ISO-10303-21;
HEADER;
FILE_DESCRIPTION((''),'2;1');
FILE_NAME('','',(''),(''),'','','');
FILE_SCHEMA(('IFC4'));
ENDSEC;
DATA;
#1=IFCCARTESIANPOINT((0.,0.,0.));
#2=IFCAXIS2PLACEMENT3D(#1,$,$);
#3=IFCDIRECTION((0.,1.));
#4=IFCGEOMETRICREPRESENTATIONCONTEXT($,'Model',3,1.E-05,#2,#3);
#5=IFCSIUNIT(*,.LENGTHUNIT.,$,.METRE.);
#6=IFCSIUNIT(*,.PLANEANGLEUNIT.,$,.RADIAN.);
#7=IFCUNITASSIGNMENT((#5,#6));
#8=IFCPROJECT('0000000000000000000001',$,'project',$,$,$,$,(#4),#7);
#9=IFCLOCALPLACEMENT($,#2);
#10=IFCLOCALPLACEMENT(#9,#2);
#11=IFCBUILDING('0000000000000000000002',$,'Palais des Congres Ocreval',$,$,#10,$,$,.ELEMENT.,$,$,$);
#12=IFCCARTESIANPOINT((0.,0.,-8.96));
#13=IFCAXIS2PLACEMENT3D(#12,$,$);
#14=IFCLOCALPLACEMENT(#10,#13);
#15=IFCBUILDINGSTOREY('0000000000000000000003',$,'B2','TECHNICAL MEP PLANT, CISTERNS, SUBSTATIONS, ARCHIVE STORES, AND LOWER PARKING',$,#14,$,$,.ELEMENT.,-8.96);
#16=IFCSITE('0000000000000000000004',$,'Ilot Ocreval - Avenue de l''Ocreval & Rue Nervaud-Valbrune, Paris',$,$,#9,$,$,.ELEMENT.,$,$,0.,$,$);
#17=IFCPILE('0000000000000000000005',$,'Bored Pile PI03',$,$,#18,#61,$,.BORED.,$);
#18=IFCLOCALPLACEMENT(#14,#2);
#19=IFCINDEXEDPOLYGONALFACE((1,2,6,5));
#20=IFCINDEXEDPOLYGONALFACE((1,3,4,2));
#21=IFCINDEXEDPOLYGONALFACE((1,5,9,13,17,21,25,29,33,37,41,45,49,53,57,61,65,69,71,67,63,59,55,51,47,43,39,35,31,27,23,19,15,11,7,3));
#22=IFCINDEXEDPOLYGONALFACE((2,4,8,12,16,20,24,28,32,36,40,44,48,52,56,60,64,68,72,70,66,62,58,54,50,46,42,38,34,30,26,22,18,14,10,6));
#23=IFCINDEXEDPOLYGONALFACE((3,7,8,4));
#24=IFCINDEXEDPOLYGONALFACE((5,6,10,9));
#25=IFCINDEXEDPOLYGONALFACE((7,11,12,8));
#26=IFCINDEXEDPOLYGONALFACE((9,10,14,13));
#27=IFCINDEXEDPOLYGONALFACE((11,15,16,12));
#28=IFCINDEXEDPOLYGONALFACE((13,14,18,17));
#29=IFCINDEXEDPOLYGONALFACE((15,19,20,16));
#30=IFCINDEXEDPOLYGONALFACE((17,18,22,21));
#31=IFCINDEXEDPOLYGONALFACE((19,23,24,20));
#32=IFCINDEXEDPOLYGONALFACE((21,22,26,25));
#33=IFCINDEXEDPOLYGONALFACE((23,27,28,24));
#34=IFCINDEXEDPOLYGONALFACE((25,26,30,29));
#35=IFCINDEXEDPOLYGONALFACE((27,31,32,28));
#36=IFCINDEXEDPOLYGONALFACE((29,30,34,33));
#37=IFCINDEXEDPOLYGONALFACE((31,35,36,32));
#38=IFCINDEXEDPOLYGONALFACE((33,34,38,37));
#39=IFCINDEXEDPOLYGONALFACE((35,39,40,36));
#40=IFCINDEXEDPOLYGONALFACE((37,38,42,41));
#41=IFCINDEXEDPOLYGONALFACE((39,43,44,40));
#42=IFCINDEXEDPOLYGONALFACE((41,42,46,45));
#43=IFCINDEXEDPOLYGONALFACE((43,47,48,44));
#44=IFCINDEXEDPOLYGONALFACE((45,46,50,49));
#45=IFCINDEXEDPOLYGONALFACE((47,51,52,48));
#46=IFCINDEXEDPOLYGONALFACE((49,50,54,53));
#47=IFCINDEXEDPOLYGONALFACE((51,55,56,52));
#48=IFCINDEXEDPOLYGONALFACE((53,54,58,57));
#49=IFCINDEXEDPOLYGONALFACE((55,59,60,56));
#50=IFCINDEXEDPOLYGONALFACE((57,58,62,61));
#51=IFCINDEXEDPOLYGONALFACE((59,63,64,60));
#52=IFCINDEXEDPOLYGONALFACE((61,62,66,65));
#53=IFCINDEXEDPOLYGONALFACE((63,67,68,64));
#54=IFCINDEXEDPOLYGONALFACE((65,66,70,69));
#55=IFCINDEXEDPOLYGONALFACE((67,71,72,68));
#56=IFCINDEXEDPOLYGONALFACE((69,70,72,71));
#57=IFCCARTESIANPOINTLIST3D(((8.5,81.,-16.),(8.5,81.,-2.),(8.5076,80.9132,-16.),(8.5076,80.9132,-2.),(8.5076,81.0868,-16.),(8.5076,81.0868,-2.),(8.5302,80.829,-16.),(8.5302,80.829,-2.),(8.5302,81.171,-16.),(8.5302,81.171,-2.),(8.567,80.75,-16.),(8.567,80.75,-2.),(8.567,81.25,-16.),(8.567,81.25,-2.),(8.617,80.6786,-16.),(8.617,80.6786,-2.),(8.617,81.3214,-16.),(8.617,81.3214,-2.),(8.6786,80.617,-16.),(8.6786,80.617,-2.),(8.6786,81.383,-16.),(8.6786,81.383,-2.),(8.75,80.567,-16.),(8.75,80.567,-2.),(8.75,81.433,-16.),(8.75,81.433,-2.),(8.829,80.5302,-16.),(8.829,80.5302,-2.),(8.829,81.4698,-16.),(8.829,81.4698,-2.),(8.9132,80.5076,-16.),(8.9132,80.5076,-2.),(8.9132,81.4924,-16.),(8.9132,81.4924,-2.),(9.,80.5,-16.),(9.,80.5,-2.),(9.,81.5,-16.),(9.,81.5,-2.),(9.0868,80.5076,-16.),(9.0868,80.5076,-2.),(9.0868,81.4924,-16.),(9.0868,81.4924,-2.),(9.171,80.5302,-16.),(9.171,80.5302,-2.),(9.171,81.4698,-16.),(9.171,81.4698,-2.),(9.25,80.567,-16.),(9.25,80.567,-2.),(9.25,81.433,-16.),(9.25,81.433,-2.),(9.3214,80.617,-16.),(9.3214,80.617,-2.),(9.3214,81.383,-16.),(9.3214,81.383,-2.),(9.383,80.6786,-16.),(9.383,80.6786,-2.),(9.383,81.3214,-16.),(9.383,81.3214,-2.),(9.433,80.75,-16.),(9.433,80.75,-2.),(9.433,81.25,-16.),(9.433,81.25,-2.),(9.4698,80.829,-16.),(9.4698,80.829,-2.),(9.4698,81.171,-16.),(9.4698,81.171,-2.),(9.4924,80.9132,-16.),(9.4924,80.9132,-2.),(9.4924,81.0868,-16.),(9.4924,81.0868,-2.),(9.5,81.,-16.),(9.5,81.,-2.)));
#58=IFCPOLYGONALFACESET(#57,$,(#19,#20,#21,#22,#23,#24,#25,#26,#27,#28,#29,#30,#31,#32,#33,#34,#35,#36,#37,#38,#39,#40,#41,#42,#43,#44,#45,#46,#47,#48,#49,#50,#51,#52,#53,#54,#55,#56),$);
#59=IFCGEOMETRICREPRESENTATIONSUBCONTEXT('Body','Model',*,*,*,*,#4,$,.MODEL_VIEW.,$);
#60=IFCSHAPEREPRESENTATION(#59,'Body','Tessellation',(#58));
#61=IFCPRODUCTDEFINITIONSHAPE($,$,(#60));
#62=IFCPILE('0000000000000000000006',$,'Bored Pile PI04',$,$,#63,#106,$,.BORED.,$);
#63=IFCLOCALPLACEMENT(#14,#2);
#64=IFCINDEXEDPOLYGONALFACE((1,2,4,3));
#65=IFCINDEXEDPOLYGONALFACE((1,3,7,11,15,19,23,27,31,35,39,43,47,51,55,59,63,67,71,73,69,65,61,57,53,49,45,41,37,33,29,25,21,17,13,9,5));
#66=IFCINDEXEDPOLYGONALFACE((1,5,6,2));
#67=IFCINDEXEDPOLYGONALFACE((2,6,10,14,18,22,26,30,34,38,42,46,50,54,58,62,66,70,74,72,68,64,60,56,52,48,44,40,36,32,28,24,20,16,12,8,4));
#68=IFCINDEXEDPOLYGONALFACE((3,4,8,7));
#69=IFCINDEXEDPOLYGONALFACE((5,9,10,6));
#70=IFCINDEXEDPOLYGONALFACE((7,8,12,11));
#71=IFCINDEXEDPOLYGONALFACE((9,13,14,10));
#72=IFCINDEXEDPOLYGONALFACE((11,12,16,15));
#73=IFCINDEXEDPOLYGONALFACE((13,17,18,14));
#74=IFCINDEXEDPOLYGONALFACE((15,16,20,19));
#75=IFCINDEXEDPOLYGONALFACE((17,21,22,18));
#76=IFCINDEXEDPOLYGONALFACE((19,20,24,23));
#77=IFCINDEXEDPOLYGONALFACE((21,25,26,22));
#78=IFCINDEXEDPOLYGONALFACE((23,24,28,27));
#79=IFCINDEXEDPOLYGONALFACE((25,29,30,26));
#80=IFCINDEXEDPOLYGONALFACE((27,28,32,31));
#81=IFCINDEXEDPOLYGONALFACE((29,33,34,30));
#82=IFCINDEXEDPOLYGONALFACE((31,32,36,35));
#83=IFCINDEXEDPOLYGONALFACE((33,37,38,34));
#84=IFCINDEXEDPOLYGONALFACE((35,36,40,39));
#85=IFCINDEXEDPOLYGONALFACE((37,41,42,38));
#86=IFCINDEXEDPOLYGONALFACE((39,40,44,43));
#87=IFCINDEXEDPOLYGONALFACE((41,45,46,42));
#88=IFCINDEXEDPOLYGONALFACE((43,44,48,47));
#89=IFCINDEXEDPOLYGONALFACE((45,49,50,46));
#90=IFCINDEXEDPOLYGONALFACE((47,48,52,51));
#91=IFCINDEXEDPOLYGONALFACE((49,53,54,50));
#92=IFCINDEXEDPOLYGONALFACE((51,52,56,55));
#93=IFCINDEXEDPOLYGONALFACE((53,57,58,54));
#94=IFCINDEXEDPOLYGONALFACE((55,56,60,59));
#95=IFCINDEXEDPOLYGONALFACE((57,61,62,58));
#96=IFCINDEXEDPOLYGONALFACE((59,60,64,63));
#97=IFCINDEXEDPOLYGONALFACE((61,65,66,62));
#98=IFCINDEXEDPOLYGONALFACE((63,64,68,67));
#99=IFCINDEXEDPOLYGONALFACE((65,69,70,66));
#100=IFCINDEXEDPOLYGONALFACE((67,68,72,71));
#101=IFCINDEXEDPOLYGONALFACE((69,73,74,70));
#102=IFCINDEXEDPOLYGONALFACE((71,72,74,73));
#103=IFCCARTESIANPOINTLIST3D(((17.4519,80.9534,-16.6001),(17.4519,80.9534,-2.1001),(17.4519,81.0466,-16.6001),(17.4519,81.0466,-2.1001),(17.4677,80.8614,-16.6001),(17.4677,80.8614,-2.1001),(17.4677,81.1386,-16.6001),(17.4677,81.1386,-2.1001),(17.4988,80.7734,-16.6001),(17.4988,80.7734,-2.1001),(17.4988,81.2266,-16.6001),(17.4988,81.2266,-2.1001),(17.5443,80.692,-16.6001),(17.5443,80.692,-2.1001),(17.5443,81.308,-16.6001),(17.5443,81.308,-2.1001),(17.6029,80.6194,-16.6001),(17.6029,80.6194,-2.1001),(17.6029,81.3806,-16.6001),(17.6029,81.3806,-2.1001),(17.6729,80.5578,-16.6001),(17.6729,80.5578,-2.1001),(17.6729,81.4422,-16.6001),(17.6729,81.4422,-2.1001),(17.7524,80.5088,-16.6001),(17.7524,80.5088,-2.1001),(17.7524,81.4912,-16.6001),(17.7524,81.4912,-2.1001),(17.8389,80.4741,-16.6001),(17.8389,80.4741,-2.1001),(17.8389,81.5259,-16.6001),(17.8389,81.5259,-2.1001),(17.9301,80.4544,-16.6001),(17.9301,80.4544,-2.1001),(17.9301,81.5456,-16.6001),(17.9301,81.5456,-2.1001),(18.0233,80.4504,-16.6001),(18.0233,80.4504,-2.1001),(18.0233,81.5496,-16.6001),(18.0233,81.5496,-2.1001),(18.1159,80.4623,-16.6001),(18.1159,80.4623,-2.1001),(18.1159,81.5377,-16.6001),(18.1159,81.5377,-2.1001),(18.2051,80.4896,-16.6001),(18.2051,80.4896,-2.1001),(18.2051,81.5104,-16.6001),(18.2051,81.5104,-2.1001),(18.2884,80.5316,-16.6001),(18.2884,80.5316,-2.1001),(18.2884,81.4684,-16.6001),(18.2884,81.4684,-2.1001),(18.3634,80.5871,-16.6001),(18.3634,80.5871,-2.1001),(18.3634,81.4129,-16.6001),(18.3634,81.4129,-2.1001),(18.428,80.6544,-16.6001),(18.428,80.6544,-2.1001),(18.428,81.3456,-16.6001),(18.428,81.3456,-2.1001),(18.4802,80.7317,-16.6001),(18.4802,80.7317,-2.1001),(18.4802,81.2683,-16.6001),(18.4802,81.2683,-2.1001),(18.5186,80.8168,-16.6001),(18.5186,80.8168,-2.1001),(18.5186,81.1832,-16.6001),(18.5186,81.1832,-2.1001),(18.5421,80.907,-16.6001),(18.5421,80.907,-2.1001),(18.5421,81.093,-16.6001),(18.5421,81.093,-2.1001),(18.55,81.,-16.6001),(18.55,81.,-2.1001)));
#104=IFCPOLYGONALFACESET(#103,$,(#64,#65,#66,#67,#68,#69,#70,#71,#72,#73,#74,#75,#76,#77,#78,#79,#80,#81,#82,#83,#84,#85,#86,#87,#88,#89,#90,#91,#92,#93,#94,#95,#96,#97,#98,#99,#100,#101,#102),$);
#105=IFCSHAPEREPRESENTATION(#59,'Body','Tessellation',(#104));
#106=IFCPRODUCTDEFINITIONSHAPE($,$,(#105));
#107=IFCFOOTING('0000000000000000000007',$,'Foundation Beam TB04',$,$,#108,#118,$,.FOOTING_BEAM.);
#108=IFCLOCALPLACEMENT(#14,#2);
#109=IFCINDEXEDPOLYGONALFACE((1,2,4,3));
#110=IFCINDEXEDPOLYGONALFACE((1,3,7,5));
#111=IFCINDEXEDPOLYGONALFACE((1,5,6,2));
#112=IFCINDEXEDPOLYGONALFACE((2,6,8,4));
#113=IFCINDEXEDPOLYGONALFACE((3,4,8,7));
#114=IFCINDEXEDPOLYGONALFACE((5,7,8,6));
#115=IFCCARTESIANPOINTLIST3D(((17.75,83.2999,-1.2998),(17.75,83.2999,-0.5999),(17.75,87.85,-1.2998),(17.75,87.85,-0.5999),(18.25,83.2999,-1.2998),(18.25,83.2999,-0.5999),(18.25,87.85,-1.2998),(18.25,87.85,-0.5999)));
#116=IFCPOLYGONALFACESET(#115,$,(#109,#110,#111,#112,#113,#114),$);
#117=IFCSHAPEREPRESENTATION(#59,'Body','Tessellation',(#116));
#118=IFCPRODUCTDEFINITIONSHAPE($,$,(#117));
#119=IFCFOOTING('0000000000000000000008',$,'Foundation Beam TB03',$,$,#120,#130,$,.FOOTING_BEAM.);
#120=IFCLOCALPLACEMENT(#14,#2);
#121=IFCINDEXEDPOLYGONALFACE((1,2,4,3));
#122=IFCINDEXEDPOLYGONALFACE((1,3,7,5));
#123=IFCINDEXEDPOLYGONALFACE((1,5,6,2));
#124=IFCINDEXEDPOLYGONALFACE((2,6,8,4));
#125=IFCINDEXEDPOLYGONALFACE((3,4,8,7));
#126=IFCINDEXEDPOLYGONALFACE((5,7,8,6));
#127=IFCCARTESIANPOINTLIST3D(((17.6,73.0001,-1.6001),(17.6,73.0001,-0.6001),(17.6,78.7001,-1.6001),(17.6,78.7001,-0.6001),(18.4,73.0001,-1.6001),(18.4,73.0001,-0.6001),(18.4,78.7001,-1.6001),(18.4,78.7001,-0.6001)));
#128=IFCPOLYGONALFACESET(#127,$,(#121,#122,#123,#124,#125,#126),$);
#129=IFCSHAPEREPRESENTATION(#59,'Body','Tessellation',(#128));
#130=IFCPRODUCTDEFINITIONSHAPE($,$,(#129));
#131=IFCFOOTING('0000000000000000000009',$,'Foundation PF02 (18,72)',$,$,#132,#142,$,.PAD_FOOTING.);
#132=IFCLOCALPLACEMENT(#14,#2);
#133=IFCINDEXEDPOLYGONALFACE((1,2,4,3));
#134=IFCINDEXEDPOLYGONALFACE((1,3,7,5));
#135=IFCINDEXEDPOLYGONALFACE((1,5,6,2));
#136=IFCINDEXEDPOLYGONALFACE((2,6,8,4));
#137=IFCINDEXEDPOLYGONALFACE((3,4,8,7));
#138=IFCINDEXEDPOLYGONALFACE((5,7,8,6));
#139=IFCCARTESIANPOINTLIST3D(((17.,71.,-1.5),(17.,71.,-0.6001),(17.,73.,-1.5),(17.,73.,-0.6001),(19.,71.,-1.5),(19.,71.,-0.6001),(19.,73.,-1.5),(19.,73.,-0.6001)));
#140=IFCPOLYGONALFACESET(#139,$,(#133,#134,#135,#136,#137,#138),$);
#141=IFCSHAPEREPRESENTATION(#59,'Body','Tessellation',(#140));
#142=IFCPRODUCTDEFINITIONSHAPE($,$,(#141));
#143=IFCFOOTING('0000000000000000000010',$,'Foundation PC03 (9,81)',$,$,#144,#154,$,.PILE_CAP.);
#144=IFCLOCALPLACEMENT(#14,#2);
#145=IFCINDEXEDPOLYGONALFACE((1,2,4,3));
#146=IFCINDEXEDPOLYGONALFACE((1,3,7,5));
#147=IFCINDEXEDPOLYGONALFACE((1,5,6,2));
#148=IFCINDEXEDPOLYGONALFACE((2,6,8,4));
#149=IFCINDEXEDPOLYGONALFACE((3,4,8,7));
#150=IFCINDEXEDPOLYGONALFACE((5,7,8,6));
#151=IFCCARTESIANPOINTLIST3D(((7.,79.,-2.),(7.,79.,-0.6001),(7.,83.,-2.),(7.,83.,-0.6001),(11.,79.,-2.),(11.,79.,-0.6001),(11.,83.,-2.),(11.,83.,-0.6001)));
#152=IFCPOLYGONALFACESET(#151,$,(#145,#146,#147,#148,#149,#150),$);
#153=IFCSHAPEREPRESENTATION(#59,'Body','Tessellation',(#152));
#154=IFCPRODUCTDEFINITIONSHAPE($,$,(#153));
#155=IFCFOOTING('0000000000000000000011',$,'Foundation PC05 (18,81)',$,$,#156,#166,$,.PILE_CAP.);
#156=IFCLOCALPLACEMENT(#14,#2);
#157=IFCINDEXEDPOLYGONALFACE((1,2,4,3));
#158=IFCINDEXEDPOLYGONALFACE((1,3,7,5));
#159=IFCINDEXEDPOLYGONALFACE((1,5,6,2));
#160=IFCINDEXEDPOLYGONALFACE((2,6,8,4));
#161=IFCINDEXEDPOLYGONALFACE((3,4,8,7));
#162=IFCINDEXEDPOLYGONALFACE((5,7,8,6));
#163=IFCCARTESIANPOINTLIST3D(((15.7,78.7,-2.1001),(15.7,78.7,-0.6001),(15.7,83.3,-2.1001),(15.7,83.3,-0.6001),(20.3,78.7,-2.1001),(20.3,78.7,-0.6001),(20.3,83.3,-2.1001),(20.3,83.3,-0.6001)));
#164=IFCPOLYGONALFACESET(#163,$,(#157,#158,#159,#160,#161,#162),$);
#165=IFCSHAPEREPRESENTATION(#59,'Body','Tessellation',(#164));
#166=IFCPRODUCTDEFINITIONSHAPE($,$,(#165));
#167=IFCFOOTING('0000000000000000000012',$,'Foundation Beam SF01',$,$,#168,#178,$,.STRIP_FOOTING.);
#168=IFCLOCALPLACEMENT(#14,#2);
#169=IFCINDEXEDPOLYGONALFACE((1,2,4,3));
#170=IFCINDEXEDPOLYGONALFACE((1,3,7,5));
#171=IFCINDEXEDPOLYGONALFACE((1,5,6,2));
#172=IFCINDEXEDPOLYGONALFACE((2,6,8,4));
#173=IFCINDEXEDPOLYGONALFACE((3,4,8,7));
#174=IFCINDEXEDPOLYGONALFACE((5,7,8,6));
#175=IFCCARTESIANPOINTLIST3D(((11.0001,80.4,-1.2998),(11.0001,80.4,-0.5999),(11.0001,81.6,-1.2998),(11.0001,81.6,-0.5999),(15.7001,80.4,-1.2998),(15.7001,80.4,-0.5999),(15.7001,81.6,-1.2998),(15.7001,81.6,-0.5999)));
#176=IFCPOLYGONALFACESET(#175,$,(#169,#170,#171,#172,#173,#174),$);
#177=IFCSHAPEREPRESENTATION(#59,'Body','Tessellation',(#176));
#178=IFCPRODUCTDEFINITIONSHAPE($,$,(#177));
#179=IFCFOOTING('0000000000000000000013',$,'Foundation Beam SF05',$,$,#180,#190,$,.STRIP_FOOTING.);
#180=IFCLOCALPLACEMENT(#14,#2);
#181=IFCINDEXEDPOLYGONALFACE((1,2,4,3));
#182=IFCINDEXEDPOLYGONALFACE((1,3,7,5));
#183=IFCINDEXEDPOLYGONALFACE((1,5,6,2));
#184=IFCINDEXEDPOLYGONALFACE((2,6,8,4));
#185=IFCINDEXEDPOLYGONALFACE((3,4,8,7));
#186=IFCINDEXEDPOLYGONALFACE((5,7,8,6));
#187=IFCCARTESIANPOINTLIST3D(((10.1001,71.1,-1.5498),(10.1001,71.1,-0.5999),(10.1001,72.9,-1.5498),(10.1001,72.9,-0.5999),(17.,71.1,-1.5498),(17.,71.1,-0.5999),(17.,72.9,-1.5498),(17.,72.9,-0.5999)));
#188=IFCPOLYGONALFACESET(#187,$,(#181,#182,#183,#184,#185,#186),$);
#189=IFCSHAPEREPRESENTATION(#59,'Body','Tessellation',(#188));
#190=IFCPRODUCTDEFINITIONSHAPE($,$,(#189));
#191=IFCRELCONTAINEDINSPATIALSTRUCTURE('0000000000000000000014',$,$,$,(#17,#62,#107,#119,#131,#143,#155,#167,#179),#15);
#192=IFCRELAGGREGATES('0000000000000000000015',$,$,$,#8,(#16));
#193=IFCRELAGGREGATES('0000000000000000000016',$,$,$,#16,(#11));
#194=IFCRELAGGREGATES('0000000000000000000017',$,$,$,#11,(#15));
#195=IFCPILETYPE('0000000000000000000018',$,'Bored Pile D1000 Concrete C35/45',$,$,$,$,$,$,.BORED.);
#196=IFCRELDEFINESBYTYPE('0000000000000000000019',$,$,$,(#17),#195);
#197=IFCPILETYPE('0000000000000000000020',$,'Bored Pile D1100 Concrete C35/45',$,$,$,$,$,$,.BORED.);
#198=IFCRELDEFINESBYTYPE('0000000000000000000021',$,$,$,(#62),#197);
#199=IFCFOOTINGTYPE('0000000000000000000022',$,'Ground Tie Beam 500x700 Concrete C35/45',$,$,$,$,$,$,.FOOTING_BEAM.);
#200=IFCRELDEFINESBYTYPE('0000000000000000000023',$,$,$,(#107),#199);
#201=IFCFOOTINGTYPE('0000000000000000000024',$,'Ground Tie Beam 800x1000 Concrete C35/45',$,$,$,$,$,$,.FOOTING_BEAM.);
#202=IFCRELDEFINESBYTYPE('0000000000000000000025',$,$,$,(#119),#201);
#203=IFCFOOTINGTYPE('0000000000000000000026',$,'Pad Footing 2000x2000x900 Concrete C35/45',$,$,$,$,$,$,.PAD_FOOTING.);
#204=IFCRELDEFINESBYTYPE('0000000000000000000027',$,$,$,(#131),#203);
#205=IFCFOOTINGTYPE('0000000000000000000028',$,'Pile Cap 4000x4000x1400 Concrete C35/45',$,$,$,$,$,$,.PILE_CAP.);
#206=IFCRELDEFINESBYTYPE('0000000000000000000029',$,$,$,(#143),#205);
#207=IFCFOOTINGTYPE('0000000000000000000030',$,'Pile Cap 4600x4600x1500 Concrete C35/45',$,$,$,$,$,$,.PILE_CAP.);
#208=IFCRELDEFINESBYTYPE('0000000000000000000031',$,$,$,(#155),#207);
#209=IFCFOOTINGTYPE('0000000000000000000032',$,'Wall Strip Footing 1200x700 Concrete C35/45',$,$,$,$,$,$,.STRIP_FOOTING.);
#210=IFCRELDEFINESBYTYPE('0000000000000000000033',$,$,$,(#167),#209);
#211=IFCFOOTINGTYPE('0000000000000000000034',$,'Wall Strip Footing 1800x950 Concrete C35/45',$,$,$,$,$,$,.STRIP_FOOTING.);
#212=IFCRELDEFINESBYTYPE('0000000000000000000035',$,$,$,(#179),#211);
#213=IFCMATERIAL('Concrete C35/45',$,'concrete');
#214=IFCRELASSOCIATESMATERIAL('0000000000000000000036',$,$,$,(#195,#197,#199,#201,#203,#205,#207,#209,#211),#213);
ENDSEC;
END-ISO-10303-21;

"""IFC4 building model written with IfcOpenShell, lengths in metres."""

from ifc_helpers import new_model, si_unit, direction, frame, origin, origin_2d, place, context, subcontext, project, spatial, rectangle, circle, extrude, material, material_profile, profile_set, type_object, element, save


model = new_model("IFC4")

# Units and contexts
model_context = context("Model", 3, precision=1e-05, world=origin(), true_north=direction((0.0, 1.0)))
body_context = subcontext(model_context, "Body", "Model", "MODEL_VIEW")
ifc_project = project(units=[si_unit("LENGTHUNIT", "METRE"), si_unit("PLANEANGLEUNIT", "RADIAN")], contexts=[model_context])

# Site, building, storey
site_placement = place(None, origin())
site = spatial("IfcSite", under=ifc_project, at=site_placement, Name="Ilot Ocreval - Avenue de l'Ocreval & Rue Nervaud-Valbrune, Paris", CompositionType="ELEMENT", RefElevation=0.0)
building_placement = place(site_placement, origin())
building = spatial("IfcBuilding", under=site, at=building_placement, Name="Palais des Congres Ocreval", CompositionType="ELEMENT")
storey_placement = place(building_placement, frame((0.0, 0.0, -8.96)))
storey = spatial("IfcBuildingStorey", under=building, at=storey_placement, Name="B2", Description="TECHNICAL MEP PLANT, CISTERNS, SUBSTATIONS, ARCHIVE STORES, AND LOWER PARKING", CompositionType="ELEMENT", Elevation=-8.96)

# Piles
ifc_material_1 = material(Name="Concrete C35/45", Category="concrete")
ifc_material_profile_1 = material_profile(ifc_material_1, circle(Radius=0.5, at=origin_2d()), Name="BORED PILE 1000")
ifc_profile_set_1 = profile_set([ifc_material_profile_1], Name="Concrete C35/45")
pile_type_1 = type_object("IfcPileType", Name="Bored Pile D1000 Concrete C35/45", PredefinedType="BORED", material=ifc_profile_set_1)
pile_1_placement = place(storey_placement, frame((9.0, 81.0, -2.0), z_axis=(0.0, 0.0, -1.0), x_axis=(1.0, 0.0, 0.0)))
element("IfcPile", 1, at=pile_1_placement, inside=storey, type_object=pile_type_1, Name="Bored Pile PI03", PredefinedType="BORED", context=body_context, shape_type="SweptSolid", body=[
    extrude(circle(Radius=0.5, at=origin_2d()), origin(), (0.0, 0.0, 1.0), 14.0),
])
ifc_material_profile_2 = material_profile(ifc_material_1, circle(Radius=0.55, at=origin_2d()), Name="BORED PILE 1100")
ifc_profile_set_2 = profile_set([ifc_material_profile_2], Name="Concrete C35/45")
pile_type_2 = type_object("IfcPileType", Name="Bored Pile D1100 Concrete C35/45", PredefinedType="BORED", material=ifc_profile_set_2)
pile_2_placement = place(storey_placement, frame((18.0, 81.0, -2.1001), z_axis=(0.0, 0.0, -1.0), x_axis=(1.0, 0.0, 0.0)))
element("IfcPile", 2, at=pile_2_placement, inside=storey, type_object=pile_type_2, Name="Bored Pile PI04", PredefinedType="BORED", context=body_context, shape_type="SweptSolid", body=[
    extrude(circle(Radius=0.55, at=origin_2d()), origin(), (0.0, 0.0, 1.0), 14.5),
])

# Footings
footing_type_1 = type_object("IfcFootingType", Name="Ground Tie Beam 500x700 Concrete C35/45", PredefinedType="FOOTING_BEAM", material=ifc_material_1)
footing_1_placement = place(storey_placement, frame((18.0, 85.575, -1.2998), z_axis=(0.0, 0.0, 1.0), x_axis=(0.0, 1.0, 0.0)))
element("IfcFooting", 3, at=footing_1_placement, inside=storey, type_object=footing_type_1, Name="Foundation Beam TB04", PredefinedType="FOOTING_BEAM", context=body_context, shape_type="SweptSolid", body=[
    extrude(rectangle(XDim=4.55, YDim=0.5, at=origin_2d()), origin(), (0.0, 0.0, 1.0), 0.7),
])
footing_type_2 = type_object("IfcFootingType", Name="Ground Tie Beam 800x1000 Concrete C35/45", PredefinedType="FOOTING_BEAM", material=ifc_material_1)
footing_2_placement = place(storey_placement, frame((18.0, 75.8501, -1.6001), z_axis=(0.0, 0.0, 1.0), x_axis=(0.0, 1.0, 0.0)))
element("IfcFooting", 4, at=footing_2_placement, inside=storey, type_object=footing_type_2, Name="Foundation Beam TB03", PredefinedType="FOOTING_BEAM", context=body_context, shape_type="SweptSolid", body=[
    extrude(rectangle(XDim=5.7, YDim=0.8, at=origin_2d()), origin(), (0.0, 0.0, 1.0), 1.0),
])
footing_type_3 = type_object("IfcFootingType", Name="Pad Footing 2000x2000x900 Concrete C35/45", PredefinedType="PAD_FOOTING", material=ifc_material_1)
footing_3_placement = place(storey_placement, frame((18.0, 72.0, -1.5), z_axis=(0.0, 0.0, 1.0), x_axis=(1.0, 0.0, 0.0)))
element("IfcFooting", 5, at=footing_3_placement, inside=storey, type_object=footing_type_3, Name="Foundation PF02 (18,72)", PredefinedType="PAD_FOOTING", context=body_context, shape_type="SweptSolid", body=[
    extrude(rectangle(XDim=2.0, YDim=2.0, at=origin_2d()), origin(), (0.0, 0.0, 1.0), 0.8999),
])
footing_type_4 = type_object("IfcFootingType", Name="Pile Cap 4000x4000x1400 Concrete C35/45", PredefinedType="PILE_CAP", material=ifc_material_1)
footing_4_placement = place(storey_placement, frame((9.0, 81.0, -2.0), z_axis=(0.0, 0.0, 1.0), x_axis=(1.0, 0.0, 0.0)))
element("IfcFooting", 6, at=footing_4_placement, inside=storey, type_object=footing_type_4, Name="Foundation PC03 (9,81)", PredefinedType="PILE_CAP", context=body_context, shape_type="SweptSolid", body=[
    extrude(rectangle(XDim=4.0, YDim=4.0, at=origin_2d()), origin(), (0.0, 0.0, 1.0), 1.3999),
])
footing_type_5 = type_object("IfcFootingType", Name="Pile Cap 4600x4600x1500 Concrete C35/45", PredefinedType="PILE_CAP", material=ifc_material_1)
footing_5_placement = place(storey_placement, frame((18.0, 81.0, -2.1001), z_axis=(0.0, 0.0, 1.0), x_axis=(1.0, 0.0, 0.0)))
element("IfcFooting", 7, at=footing_5_placement, inside=storey, type_object=footing_type_5, Name="Foundation PC05 (18,81)", PredefinedType="PILE_CAP", context=body_context, shape_type="SweptSolid", body=[
    extrude(rectangle(XDim=4.6001, YDim=4.6001, at=origin_2d()), origin(), (0.0, 0.0, 1.0), 1.5),
])
footing_type_6 = type_object("IfcFootingType", Name="Wall Strip Footing 1200x700 Concrete C35/45", PredefinedType="STRIP_FOOTING", material=ifc_material_1)
footing_6_placement = place(storey_placement, frame((13.3501, 81.0, -1.2998), z_axis=(0.0, 0.0, 1.0), x_axis=(1.0, 0.0, 0.0)))
element("IfcFooting", 8, at=footing_6_placement, inside=storey, type_object=footing_type_6, Name="Foundation Beam SF01", PredefinedType="STRIP_FOOTING", context=body_context, shape_type="SweptSolid", body=[
    extrude(rectangle(XDim=4.7, YDim=1.2, at=origin_2d()), origin(), (0.0, 0.0, 1.0), 0.7),
])
footing_type_7 = type_object("IfcFootingType", Name="Wall Strip Footing 1800x950 Concrete C35/45", PredefinedType="STRIP_FOOTING", material=ifc_material_1)
footing_7_placement = place(storey_placement, frame((13.55, 72.0, -1.5498), z_axis=(0.0, 0.0, 1.0), x_axis=(1.0, 0.0, 0.0)))
element("IfcFooting", 9, at=footing_7_placement, inside=storey, type_object=footing_type_7, Name="Foundation Beam SF05", PredefinedType="STRIP_FOOTING", context=body_context, shape_type="SweptSolid", body=[
    extrude(rectangle(XDim=6.8999, YDim=1.8, at=origin_2d()), origin(), (0.0, 0.0, 1.0), 0.95),
])

save(model, "model.ifc")
